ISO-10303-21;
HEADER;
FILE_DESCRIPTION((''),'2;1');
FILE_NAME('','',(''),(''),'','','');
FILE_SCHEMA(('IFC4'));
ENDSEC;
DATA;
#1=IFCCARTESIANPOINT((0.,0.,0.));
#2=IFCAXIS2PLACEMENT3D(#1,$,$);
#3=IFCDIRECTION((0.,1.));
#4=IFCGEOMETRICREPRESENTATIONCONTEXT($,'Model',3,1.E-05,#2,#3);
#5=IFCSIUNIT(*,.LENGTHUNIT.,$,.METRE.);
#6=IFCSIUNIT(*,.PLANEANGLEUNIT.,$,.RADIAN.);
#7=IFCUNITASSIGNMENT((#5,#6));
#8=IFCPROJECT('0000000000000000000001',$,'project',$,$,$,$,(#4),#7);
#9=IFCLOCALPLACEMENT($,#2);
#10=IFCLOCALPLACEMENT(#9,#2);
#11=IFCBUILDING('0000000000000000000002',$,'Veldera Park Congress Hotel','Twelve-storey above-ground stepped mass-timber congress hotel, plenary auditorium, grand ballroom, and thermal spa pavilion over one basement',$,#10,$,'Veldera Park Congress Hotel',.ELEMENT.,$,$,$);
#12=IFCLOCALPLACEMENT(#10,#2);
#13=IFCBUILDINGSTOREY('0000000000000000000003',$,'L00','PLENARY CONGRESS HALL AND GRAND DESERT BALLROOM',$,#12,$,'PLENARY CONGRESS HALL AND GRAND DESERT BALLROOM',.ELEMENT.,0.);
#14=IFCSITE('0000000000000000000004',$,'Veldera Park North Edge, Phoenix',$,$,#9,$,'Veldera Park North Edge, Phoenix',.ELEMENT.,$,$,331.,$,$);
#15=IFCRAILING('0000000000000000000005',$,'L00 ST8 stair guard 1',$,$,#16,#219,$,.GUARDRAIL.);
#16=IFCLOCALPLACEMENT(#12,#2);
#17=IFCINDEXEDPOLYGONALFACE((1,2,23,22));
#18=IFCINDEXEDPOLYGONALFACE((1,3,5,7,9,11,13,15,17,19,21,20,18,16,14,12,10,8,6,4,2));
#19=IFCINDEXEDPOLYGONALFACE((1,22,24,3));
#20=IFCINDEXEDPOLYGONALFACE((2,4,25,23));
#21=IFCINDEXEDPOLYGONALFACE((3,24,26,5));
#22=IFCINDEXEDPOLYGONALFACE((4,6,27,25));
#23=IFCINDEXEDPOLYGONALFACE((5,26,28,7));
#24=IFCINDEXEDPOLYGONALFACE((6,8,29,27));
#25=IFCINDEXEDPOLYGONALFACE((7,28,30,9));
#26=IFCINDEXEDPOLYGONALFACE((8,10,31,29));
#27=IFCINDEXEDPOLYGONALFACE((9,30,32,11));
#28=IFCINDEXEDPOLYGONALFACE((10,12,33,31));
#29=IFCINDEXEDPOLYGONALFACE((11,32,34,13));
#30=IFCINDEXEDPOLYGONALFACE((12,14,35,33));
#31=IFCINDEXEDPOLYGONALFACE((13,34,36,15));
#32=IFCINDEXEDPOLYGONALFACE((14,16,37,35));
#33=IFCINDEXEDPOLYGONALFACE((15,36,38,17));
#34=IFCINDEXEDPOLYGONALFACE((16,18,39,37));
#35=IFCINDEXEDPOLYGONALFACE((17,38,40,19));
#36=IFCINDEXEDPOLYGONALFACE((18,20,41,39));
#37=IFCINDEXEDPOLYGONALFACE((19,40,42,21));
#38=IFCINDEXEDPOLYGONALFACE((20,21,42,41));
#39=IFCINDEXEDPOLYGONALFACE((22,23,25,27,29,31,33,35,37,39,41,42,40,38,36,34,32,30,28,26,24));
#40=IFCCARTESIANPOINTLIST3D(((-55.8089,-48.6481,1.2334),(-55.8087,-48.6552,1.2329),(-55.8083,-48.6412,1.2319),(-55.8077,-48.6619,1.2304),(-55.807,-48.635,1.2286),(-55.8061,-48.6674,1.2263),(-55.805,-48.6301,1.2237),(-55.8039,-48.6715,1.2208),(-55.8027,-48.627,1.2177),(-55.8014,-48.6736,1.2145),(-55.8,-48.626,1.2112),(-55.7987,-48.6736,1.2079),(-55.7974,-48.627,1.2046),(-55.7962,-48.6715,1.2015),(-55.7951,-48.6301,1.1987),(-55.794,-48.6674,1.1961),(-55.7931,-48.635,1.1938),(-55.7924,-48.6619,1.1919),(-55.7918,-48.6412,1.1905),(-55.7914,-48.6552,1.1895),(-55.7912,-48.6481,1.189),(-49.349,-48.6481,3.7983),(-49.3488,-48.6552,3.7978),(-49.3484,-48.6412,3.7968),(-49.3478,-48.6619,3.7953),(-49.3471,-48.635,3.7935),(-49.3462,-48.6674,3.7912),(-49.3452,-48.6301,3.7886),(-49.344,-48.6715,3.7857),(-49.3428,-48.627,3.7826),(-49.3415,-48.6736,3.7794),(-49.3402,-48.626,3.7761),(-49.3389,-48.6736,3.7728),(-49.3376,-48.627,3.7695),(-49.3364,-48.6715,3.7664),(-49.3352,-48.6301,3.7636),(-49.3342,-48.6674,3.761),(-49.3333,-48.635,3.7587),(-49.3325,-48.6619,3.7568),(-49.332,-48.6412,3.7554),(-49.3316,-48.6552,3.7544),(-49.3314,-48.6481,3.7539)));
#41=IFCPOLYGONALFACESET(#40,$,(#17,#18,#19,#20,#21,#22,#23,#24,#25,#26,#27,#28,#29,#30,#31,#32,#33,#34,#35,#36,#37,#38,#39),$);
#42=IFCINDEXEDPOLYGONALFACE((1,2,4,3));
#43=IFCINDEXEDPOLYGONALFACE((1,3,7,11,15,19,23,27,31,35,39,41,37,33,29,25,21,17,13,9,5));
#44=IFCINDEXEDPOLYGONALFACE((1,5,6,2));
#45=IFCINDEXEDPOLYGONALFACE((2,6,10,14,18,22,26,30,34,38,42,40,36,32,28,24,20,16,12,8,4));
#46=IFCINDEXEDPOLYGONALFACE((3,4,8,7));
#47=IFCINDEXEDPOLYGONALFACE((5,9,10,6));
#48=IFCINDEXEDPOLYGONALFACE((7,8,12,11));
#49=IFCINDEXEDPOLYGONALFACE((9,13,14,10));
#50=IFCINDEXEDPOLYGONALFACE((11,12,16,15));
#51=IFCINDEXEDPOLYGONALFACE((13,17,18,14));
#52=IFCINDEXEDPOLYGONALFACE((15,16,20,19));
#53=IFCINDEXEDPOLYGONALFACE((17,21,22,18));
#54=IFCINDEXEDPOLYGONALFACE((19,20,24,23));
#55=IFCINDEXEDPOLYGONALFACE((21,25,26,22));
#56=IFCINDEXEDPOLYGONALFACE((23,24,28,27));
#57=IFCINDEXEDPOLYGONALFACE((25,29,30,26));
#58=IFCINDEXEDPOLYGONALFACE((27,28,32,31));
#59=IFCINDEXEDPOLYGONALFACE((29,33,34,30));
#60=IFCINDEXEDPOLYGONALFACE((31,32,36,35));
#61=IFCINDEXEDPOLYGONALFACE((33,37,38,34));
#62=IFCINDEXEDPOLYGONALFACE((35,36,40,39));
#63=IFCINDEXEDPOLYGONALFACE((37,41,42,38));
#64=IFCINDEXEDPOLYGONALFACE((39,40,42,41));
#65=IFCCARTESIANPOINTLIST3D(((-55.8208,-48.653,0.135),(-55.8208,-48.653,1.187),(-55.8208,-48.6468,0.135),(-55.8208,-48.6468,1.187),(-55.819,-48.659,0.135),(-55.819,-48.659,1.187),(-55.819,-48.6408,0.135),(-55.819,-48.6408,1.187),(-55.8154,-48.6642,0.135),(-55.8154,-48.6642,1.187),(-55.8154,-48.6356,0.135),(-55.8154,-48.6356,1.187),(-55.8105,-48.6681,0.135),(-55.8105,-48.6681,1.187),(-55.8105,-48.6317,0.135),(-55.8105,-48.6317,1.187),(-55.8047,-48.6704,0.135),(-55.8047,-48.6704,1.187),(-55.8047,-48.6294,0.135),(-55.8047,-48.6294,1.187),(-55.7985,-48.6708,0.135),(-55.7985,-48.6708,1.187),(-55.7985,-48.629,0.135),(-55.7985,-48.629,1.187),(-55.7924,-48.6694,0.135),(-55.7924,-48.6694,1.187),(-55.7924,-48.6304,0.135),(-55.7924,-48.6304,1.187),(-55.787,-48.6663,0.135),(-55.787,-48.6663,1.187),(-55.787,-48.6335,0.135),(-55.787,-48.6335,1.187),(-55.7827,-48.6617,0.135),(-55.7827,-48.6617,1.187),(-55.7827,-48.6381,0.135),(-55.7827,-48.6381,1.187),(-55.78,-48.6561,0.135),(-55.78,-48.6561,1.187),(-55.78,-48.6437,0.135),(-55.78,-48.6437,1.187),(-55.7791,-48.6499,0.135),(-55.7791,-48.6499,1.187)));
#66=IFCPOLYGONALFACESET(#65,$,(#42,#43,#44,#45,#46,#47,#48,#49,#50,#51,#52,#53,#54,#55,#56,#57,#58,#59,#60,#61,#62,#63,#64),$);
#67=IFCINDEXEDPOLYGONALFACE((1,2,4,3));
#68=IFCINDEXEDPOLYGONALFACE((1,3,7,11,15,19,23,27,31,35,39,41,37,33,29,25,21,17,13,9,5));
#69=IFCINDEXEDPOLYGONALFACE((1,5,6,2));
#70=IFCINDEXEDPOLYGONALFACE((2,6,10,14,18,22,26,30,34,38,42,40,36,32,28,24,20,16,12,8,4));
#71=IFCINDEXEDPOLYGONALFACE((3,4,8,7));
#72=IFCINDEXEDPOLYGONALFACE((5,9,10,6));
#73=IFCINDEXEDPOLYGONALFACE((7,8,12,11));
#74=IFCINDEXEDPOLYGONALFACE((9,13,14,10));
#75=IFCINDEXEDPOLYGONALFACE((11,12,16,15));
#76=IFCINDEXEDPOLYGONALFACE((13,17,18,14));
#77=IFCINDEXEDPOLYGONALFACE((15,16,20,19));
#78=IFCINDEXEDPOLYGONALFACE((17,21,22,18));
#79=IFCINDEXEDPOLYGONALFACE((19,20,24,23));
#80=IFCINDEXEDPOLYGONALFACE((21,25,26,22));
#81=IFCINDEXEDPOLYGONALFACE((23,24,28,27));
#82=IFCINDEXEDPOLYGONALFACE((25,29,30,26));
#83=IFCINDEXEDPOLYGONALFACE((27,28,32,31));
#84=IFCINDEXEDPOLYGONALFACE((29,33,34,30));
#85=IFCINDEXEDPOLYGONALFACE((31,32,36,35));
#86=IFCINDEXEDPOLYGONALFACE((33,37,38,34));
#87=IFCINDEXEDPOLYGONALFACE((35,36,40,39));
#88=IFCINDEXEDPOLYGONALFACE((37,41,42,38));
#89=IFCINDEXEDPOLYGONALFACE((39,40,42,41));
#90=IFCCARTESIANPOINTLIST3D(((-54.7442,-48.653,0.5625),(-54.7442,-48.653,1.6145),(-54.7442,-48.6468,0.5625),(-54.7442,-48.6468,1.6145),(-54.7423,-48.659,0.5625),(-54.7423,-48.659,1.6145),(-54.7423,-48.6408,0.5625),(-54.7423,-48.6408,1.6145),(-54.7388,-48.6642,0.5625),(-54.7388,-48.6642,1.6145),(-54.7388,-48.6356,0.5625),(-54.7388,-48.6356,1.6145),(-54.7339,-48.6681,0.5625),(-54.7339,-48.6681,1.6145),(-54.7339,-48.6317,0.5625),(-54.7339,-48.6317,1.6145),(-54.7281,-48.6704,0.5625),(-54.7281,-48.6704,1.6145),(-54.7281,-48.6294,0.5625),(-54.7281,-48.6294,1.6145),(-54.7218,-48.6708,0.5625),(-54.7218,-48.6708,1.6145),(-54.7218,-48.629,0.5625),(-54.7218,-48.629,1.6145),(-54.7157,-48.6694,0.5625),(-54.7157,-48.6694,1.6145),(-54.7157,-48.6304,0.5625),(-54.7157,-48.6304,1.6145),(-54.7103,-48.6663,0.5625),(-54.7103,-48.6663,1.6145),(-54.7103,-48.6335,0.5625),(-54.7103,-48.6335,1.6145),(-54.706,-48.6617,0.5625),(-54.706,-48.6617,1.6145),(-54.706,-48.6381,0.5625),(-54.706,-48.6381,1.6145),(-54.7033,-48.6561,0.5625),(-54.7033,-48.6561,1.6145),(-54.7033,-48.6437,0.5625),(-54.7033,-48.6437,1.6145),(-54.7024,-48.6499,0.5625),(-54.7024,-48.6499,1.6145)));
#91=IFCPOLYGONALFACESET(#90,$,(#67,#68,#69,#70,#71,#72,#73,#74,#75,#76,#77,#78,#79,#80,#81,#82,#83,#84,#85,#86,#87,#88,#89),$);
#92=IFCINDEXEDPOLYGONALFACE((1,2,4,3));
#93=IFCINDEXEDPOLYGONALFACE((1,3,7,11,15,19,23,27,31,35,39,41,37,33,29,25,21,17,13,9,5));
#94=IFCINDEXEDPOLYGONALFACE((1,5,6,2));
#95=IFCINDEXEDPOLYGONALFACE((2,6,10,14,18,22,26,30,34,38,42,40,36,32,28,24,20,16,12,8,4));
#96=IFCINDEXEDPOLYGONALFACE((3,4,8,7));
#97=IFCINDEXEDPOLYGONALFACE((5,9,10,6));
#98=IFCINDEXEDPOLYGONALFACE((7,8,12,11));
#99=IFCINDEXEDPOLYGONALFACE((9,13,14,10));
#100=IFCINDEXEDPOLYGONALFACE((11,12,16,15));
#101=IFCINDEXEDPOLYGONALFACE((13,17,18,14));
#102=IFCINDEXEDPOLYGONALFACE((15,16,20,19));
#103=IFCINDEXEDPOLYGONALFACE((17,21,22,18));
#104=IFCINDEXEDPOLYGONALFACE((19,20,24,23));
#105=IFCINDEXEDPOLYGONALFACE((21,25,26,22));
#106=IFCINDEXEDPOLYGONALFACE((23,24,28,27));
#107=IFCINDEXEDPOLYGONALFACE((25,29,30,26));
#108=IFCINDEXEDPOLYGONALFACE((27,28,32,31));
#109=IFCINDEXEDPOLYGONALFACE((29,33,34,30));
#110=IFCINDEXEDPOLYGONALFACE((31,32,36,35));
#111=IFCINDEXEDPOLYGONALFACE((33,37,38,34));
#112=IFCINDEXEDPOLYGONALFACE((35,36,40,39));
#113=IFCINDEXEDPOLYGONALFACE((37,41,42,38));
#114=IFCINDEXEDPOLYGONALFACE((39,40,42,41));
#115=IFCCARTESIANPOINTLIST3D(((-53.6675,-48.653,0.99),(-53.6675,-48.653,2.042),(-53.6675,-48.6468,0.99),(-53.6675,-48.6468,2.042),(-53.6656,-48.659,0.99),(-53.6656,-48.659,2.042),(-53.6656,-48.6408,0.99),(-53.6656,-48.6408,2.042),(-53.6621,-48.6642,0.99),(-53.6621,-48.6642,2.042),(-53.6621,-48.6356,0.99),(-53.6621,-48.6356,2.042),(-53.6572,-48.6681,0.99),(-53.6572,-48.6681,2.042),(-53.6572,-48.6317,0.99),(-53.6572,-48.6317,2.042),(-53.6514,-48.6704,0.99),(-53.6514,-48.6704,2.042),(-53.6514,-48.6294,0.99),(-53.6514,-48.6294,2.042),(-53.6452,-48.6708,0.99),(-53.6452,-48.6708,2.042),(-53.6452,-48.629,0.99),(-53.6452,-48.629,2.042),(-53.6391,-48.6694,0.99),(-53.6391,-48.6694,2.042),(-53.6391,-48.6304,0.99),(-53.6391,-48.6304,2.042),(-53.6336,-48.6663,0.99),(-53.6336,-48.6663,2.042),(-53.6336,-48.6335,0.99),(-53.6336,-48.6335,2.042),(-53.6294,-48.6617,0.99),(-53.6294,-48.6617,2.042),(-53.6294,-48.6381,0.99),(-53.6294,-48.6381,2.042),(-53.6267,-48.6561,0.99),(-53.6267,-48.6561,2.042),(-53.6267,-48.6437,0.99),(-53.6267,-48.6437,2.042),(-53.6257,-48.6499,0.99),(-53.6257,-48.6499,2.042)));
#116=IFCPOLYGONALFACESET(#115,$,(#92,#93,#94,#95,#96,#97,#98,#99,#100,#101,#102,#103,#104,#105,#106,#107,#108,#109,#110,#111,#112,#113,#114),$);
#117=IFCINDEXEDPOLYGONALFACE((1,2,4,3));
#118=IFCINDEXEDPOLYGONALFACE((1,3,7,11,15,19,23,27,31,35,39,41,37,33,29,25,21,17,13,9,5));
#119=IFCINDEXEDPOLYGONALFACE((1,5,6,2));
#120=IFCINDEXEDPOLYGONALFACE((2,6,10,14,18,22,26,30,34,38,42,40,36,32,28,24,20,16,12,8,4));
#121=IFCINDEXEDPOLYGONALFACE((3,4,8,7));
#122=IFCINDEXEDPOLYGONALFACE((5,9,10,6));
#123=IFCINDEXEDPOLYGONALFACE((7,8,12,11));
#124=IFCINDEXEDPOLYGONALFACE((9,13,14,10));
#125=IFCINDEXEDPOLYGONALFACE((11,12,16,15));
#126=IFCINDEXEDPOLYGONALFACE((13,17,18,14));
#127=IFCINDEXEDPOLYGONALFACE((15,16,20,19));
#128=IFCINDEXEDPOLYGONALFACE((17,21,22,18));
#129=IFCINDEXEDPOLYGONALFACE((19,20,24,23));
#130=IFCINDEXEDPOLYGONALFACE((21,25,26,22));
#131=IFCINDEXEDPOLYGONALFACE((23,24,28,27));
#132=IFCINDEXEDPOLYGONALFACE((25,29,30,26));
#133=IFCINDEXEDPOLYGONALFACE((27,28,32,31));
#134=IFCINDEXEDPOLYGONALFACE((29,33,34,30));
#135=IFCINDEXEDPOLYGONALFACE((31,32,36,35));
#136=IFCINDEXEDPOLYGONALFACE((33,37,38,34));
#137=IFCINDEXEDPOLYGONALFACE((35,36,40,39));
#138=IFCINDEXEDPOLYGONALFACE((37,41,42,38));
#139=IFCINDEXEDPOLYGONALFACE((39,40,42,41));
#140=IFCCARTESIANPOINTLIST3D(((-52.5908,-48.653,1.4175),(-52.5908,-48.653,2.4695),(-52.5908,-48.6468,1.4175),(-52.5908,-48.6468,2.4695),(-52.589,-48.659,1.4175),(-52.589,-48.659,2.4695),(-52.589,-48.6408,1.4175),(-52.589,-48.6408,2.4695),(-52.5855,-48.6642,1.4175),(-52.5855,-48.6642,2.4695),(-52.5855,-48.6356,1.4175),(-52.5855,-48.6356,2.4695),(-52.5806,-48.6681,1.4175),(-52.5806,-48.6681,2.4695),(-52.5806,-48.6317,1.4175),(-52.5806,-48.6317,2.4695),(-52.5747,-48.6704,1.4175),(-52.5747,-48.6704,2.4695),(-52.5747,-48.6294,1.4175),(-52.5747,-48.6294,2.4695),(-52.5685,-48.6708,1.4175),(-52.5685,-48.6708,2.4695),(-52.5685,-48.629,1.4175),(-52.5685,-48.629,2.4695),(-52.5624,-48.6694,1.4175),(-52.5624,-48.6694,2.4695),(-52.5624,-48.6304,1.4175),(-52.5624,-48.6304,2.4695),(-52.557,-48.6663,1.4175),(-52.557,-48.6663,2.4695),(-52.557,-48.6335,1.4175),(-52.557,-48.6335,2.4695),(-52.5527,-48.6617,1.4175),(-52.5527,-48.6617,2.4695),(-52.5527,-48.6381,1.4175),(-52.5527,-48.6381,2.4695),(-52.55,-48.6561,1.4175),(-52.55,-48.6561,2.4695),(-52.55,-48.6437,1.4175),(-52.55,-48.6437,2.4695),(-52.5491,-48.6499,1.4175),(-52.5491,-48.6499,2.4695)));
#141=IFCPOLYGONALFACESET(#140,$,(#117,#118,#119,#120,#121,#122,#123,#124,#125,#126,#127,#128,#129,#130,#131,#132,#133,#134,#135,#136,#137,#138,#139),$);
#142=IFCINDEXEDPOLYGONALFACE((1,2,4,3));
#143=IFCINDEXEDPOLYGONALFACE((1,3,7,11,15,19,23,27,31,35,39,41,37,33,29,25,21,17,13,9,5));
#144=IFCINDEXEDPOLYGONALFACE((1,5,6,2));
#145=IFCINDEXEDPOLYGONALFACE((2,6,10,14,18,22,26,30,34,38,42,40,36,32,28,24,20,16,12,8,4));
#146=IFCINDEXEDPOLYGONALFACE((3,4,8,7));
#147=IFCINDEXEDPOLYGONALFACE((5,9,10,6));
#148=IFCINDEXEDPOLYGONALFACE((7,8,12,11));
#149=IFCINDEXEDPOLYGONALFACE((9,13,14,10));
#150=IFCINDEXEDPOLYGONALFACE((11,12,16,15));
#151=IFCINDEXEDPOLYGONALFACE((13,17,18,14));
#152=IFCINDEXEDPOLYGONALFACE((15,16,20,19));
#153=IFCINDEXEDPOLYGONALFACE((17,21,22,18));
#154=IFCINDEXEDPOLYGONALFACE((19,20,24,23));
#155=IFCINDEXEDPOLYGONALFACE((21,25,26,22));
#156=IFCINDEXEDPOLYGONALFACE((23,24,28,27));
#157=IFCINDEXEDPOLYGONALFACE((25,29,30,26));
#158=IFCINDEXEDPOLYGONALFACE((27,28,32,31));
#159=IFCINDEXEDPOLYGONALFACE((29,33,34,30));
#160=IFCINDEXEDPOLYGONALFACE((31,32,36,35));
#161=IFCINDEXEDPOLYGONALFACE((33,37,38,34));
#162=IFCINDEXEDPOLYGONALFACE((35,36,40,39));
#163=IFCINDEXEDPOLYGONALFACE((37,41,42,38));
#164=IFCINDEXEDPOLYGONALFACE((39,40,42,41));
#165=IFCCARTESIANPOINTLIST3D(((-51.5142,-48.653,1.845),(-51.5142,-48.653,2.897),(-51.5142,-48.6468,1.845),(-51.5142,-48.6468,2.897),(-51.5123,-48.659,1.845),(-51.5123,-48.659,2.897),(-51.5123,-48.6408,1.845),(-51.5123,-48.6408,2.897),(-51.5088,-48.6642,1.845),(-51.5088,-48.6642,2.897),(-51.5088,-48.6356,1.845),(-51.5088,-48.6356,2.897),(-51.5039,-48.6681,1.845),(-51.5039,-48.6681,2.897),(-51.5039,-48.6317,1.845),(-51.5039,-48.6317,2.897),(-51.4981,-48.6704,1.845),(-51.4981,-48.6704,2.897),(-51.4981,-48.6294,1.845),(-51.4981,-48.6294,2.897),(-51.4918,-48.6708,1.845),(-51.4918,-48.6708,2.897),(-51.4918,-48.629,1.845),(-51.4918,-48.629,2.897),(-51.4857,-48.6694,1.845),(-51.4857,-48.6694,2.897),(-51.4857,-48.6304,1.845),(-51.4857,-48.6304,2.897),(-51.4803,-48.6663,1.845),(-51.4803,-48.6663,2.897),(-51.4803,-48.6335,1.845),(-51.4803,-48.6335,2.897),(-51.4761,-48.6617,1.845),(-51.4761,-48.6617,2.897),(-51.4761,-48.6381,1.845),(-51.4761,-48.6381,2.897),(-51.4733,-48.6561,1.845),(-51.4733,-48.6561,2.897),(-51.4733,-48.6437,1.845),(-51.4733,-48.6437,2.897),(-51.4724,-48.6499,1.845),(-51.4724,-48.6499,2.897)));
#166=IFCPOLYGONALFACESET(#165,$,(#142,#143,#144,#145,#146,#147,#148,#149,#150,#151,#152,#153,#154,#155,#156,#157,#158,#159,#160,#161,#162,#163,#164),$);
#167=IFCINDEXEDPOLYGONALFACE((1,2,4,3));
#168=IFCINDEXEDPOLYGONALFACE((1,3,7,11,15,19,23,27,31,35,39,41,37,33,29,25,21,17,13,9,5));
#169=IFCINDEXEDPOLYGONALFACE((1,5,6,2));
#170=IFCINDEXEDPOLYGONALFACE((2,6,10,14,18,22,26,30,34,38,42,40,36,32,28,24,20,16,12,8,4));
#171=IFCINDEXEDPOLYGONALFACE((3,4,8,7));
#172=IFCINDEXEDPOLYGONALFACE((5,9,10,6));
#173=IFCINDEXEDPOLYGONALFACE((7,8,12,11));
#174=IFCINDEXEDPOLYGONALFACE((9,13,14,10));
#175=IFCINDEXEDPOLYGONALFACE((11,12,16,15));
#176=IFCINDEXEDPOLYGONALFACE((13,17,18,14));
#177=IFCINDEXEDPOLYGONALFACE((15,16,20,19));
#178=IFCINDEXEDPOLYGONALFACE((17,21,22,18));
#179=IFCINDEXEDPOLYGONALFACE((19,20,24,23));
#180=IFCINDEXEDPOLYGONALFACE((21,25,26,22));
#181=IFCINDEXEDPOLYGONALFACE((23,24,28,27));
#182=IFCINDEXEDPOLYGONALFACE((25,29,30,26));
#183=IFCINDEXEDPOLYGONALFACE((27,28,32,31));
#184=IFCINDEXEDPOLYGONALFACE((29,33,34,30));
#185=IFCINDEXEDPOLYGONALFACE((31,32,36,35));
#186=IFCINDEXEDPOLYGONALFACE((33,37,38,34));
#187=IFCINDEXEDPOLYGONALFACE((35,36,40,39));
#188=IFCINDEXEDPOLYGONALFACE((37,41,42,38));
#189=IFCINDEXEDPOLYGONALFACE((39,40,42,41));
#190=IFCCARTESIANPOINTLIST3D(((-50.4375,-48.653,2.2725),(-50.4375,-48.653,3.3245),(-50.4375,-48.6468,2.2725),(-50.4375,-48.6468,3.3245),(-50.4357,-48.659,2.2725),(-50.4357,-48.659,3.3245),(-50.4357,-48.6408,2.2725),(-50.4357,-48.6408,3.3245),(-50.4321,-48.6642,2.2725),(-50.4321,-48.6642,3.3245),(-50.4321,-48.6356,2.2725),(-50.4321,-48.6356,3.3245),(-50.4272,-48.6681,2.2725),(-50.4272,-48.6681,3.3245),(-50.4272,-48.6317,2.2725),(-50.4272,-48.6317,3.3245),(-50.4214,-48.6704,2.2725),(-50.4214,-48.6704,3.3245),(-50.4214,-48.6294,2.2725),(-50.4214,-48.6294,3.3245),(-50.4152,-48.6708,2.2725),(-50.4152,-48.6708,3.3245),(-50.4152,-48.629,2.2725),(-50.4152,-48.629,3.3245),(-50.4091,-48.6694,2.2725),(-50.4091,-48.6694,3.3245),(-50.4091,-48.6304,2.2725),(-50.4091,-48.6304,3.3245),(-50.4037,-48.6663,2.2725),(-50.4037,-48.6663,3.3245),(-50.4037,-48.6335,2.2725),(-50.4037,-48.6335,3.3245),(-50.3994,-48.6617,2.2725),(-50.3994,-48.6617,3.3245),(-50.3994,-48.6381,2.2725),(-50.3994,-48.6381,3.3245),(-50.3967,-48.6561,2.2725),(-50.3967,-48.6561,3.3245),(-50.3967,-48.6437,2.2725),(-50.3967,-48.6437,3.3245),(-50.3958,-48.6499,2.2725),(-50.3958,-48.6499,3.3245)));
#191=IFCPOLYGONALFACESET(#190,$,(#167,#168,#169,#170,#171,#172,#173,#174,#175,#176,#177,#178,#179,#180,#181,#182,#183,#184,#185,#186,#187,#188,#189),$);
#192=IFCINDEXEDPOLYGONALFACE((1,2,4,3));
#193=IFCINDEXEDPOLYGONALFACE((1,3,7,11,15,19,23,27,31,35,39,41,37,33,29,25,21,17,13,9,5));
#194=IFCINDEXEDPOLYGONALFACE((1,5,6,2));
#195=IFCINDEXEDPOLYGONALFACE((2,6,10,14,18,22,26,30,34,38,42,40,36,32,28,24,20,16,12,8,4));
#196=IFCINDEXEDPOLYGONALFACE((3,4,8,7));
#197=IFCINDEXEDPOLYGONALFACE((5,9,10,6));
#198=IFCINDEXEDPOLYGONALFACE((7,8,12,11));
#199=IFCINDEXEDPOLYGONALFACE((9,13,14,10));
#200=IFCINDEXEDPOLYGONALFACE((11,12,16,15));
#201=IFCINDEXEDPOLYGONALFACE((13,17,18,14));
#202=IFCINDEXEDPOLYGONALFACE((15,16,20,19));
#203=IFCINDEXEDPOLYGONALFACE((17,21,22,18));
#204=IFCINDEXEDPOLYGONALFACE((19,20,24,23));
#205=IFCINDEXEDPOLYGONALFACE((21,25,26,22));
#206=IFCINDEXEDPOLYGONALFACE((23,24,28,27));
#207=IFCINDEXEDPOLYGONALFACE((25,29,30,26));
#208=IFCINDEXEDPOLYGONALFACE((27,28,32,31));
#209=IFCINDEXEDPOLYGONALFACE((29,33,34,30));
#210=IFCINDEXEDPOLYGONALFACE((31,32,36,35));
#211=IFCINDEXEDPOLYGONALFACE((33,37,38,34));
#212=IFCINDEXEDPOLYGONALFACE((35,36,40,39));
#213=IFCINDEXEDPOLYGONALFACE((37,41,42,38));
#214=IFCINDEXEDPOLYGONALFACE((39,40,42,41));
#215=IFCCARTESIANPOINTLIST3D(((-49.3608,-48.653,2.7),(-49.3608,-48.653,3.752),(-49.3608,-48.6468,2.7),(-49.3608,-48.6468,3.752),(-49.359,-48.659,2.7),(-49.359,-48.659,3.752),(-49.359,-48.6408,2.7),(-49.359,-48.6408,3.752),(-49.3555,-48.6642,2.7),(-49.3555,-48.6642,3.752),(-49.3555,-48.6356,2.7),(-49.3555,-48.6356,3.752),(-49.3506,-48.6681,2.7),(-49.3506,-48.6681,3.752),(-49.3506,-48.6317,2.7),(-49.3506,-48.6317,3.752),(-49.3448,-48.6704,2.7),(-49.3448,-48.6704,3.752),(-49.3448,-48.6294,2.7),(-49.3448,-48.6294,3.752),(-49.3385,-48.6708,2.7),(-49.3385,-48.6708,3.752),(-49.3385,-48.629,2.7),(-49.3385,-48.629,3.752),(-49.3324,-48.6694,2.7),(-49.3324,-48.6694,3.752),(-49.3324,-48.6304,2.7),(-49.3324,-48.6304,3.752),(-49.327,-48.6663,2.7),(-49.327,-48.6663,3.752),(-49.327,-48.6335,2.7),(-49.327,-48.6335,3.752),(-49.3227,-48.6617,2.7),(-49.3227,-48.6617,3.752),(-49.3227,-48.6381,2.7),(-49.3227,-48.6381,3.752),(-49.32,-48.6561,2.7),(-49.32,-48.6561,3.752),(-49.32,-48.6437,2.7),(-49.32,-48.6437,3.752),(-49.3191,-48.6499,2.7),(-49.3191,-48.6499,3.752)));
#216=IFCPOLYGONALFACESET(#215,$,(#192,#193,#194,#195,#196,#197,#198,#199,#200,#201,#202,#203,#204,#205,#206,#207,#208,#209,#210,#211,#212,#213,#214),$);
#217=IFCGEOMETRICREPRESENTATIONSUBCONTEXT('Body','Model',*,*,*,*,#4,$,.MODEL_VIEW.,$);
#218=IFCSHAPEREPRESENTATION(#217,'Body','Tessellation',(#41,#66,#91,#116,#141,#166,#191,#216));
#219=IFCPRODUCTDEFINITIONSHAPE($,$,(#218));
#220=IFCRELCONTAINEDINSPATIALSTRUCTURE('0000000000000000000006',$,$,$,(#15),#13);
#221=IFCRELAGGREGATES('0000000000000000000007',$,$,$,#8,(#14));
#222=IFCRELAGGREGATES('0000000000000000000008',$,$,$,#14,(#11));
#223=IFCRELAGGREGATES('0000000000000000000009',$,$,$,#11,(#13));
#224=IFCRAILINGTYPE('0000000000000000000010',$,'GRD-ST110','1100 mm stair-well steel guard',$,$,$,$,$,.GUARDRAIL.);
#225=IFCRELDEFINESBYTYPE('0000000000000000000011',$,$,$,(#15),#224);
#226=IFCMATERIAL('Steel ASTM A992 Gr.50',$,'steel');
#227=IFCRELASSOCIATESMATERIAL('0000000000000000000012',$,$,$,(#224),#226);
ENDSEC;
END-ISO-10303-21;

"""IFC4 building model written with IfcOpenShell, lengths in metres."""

from ifc_helpers import new_model, si_unit, direction, frame, origin, origin_2d, place, context, subcontext, project, spatial, circle, extrude, material, type_object, element, save


model = new_model("IFC4")

# Units and contexts
model_context = context("Model", 3, precision=1e-05, world=origin(), true_north=direction((0.0, 1.0)))
body_context = subcontext(model_context, "Body", "Model", "MODEL_VIEW")
ifc_project = project(units=[si_unit("LENGTHUNIT", "METRE"), si_unit("PLANEANGLEUNIT", "RADIAN")], contexts=[model_context])

# Site, building, storey
site_placement = place(None, origin())
site = spatial("IfcSite", under=ifc_project, at=site_placement, Name="Veldera Park North Edge, Phoenix", LongName="Veldera Park North Edge, Phoenix", CompositionType="ELEMENT", RefElevation=331.0)
building_placement = place(site_placement, origin())
building = spatial("IfcBuilding", under=site, at=building_placement, Name="Veldera Park Congress Hotel", Description="Twelve-storey above-ground stepped mass-timber congress hotel, plenary auditorium, grand ballroom, and thermal spa pavilion over one basement", LongName="Veldera Park Congress Hotel", CompositionType="ELEMENT")
storey_placement = place(building_placement, origin())
storey = spatial("IfcBuildingStorey", under=building, at=storey_placement, Name="L00", Description="PLENARY CONGRESS HALL AND GRAND DESERT BALLROOM", LongName="PLENARY CONGRESS HALL AND GRAND DESERT BALLROOM", CompositionType="ELEMENT", Elevation=0.0)

# Railing
ifc_material_1 = material(Name="Steel ASTM A992 Gr.50", Category="steel")
railing_type_1 = type_object("IfcRailingType", Name="GRD-ST110", Description="1100 mm stair-well steel guard", PredefinedType="GUARDRAIL", material=ifc_material_1)
railing_1_placement = place(storey_placement, frame((-55.8, -48.6499, 0.135)))
element("IfcRailing", 1, at=railing_1_placement, inside=storey, type_object=railing_type_1, Name="L00 ST8 stair guard 1", PredefinedType="GUARDRAIL", context=body_context, shape_type="SweptSolid", body=[
    extrude(circle(Radius=0.0239, at=origin_2d()), frame((0.0, 0.0, 1.0762), z_axis=(0.929418, 0.0, 0.369028), x_axis=(0.0, 1.0, 0.0)), (0.0, 0.0, 1.0), 6.9504),
    extrude(circle(Radius=0.021, at=origin_2d()), origin(), (0.0, 0.0, 1.0), 1.052),
    extrude(circle(Radius=0.021, at=origin_2d()), frame((1.0767, 0.0, 0.4275)), (0.0, 0.0, 1.0), 1.052),
    extrude(circle(Radius=0.021, at=origin_2d()), frame((2.1533, 0.0, 0.855)), (0.0, 0.0, 1.0), 1.052),
    extrude(circle(Radius=0.021, at=origin_2d()), frame((3.23, 0.0, 1.2825)), (0.0, 0.0, 1.0), 1.052),
    extrude(circle(Radius=0.021, at=origin_2d()), frame((4.3066, 0.0, 1.71)), (0.0, 0.0, 1.0), 1.052),
    extrude(circle(Radius=0.021, at=origin_2d()), frame((5.3833, 0.0, 2.1375)), (0.0, 0.0, 1.0), 1.052),
    extrude(circle(Radius=0.021, at=origin_2d()), frame((6.46, 0.0, 2.5649)), (0.0, 0.0, 1.0), 1.052),
])

save(model, "model.ifc")
